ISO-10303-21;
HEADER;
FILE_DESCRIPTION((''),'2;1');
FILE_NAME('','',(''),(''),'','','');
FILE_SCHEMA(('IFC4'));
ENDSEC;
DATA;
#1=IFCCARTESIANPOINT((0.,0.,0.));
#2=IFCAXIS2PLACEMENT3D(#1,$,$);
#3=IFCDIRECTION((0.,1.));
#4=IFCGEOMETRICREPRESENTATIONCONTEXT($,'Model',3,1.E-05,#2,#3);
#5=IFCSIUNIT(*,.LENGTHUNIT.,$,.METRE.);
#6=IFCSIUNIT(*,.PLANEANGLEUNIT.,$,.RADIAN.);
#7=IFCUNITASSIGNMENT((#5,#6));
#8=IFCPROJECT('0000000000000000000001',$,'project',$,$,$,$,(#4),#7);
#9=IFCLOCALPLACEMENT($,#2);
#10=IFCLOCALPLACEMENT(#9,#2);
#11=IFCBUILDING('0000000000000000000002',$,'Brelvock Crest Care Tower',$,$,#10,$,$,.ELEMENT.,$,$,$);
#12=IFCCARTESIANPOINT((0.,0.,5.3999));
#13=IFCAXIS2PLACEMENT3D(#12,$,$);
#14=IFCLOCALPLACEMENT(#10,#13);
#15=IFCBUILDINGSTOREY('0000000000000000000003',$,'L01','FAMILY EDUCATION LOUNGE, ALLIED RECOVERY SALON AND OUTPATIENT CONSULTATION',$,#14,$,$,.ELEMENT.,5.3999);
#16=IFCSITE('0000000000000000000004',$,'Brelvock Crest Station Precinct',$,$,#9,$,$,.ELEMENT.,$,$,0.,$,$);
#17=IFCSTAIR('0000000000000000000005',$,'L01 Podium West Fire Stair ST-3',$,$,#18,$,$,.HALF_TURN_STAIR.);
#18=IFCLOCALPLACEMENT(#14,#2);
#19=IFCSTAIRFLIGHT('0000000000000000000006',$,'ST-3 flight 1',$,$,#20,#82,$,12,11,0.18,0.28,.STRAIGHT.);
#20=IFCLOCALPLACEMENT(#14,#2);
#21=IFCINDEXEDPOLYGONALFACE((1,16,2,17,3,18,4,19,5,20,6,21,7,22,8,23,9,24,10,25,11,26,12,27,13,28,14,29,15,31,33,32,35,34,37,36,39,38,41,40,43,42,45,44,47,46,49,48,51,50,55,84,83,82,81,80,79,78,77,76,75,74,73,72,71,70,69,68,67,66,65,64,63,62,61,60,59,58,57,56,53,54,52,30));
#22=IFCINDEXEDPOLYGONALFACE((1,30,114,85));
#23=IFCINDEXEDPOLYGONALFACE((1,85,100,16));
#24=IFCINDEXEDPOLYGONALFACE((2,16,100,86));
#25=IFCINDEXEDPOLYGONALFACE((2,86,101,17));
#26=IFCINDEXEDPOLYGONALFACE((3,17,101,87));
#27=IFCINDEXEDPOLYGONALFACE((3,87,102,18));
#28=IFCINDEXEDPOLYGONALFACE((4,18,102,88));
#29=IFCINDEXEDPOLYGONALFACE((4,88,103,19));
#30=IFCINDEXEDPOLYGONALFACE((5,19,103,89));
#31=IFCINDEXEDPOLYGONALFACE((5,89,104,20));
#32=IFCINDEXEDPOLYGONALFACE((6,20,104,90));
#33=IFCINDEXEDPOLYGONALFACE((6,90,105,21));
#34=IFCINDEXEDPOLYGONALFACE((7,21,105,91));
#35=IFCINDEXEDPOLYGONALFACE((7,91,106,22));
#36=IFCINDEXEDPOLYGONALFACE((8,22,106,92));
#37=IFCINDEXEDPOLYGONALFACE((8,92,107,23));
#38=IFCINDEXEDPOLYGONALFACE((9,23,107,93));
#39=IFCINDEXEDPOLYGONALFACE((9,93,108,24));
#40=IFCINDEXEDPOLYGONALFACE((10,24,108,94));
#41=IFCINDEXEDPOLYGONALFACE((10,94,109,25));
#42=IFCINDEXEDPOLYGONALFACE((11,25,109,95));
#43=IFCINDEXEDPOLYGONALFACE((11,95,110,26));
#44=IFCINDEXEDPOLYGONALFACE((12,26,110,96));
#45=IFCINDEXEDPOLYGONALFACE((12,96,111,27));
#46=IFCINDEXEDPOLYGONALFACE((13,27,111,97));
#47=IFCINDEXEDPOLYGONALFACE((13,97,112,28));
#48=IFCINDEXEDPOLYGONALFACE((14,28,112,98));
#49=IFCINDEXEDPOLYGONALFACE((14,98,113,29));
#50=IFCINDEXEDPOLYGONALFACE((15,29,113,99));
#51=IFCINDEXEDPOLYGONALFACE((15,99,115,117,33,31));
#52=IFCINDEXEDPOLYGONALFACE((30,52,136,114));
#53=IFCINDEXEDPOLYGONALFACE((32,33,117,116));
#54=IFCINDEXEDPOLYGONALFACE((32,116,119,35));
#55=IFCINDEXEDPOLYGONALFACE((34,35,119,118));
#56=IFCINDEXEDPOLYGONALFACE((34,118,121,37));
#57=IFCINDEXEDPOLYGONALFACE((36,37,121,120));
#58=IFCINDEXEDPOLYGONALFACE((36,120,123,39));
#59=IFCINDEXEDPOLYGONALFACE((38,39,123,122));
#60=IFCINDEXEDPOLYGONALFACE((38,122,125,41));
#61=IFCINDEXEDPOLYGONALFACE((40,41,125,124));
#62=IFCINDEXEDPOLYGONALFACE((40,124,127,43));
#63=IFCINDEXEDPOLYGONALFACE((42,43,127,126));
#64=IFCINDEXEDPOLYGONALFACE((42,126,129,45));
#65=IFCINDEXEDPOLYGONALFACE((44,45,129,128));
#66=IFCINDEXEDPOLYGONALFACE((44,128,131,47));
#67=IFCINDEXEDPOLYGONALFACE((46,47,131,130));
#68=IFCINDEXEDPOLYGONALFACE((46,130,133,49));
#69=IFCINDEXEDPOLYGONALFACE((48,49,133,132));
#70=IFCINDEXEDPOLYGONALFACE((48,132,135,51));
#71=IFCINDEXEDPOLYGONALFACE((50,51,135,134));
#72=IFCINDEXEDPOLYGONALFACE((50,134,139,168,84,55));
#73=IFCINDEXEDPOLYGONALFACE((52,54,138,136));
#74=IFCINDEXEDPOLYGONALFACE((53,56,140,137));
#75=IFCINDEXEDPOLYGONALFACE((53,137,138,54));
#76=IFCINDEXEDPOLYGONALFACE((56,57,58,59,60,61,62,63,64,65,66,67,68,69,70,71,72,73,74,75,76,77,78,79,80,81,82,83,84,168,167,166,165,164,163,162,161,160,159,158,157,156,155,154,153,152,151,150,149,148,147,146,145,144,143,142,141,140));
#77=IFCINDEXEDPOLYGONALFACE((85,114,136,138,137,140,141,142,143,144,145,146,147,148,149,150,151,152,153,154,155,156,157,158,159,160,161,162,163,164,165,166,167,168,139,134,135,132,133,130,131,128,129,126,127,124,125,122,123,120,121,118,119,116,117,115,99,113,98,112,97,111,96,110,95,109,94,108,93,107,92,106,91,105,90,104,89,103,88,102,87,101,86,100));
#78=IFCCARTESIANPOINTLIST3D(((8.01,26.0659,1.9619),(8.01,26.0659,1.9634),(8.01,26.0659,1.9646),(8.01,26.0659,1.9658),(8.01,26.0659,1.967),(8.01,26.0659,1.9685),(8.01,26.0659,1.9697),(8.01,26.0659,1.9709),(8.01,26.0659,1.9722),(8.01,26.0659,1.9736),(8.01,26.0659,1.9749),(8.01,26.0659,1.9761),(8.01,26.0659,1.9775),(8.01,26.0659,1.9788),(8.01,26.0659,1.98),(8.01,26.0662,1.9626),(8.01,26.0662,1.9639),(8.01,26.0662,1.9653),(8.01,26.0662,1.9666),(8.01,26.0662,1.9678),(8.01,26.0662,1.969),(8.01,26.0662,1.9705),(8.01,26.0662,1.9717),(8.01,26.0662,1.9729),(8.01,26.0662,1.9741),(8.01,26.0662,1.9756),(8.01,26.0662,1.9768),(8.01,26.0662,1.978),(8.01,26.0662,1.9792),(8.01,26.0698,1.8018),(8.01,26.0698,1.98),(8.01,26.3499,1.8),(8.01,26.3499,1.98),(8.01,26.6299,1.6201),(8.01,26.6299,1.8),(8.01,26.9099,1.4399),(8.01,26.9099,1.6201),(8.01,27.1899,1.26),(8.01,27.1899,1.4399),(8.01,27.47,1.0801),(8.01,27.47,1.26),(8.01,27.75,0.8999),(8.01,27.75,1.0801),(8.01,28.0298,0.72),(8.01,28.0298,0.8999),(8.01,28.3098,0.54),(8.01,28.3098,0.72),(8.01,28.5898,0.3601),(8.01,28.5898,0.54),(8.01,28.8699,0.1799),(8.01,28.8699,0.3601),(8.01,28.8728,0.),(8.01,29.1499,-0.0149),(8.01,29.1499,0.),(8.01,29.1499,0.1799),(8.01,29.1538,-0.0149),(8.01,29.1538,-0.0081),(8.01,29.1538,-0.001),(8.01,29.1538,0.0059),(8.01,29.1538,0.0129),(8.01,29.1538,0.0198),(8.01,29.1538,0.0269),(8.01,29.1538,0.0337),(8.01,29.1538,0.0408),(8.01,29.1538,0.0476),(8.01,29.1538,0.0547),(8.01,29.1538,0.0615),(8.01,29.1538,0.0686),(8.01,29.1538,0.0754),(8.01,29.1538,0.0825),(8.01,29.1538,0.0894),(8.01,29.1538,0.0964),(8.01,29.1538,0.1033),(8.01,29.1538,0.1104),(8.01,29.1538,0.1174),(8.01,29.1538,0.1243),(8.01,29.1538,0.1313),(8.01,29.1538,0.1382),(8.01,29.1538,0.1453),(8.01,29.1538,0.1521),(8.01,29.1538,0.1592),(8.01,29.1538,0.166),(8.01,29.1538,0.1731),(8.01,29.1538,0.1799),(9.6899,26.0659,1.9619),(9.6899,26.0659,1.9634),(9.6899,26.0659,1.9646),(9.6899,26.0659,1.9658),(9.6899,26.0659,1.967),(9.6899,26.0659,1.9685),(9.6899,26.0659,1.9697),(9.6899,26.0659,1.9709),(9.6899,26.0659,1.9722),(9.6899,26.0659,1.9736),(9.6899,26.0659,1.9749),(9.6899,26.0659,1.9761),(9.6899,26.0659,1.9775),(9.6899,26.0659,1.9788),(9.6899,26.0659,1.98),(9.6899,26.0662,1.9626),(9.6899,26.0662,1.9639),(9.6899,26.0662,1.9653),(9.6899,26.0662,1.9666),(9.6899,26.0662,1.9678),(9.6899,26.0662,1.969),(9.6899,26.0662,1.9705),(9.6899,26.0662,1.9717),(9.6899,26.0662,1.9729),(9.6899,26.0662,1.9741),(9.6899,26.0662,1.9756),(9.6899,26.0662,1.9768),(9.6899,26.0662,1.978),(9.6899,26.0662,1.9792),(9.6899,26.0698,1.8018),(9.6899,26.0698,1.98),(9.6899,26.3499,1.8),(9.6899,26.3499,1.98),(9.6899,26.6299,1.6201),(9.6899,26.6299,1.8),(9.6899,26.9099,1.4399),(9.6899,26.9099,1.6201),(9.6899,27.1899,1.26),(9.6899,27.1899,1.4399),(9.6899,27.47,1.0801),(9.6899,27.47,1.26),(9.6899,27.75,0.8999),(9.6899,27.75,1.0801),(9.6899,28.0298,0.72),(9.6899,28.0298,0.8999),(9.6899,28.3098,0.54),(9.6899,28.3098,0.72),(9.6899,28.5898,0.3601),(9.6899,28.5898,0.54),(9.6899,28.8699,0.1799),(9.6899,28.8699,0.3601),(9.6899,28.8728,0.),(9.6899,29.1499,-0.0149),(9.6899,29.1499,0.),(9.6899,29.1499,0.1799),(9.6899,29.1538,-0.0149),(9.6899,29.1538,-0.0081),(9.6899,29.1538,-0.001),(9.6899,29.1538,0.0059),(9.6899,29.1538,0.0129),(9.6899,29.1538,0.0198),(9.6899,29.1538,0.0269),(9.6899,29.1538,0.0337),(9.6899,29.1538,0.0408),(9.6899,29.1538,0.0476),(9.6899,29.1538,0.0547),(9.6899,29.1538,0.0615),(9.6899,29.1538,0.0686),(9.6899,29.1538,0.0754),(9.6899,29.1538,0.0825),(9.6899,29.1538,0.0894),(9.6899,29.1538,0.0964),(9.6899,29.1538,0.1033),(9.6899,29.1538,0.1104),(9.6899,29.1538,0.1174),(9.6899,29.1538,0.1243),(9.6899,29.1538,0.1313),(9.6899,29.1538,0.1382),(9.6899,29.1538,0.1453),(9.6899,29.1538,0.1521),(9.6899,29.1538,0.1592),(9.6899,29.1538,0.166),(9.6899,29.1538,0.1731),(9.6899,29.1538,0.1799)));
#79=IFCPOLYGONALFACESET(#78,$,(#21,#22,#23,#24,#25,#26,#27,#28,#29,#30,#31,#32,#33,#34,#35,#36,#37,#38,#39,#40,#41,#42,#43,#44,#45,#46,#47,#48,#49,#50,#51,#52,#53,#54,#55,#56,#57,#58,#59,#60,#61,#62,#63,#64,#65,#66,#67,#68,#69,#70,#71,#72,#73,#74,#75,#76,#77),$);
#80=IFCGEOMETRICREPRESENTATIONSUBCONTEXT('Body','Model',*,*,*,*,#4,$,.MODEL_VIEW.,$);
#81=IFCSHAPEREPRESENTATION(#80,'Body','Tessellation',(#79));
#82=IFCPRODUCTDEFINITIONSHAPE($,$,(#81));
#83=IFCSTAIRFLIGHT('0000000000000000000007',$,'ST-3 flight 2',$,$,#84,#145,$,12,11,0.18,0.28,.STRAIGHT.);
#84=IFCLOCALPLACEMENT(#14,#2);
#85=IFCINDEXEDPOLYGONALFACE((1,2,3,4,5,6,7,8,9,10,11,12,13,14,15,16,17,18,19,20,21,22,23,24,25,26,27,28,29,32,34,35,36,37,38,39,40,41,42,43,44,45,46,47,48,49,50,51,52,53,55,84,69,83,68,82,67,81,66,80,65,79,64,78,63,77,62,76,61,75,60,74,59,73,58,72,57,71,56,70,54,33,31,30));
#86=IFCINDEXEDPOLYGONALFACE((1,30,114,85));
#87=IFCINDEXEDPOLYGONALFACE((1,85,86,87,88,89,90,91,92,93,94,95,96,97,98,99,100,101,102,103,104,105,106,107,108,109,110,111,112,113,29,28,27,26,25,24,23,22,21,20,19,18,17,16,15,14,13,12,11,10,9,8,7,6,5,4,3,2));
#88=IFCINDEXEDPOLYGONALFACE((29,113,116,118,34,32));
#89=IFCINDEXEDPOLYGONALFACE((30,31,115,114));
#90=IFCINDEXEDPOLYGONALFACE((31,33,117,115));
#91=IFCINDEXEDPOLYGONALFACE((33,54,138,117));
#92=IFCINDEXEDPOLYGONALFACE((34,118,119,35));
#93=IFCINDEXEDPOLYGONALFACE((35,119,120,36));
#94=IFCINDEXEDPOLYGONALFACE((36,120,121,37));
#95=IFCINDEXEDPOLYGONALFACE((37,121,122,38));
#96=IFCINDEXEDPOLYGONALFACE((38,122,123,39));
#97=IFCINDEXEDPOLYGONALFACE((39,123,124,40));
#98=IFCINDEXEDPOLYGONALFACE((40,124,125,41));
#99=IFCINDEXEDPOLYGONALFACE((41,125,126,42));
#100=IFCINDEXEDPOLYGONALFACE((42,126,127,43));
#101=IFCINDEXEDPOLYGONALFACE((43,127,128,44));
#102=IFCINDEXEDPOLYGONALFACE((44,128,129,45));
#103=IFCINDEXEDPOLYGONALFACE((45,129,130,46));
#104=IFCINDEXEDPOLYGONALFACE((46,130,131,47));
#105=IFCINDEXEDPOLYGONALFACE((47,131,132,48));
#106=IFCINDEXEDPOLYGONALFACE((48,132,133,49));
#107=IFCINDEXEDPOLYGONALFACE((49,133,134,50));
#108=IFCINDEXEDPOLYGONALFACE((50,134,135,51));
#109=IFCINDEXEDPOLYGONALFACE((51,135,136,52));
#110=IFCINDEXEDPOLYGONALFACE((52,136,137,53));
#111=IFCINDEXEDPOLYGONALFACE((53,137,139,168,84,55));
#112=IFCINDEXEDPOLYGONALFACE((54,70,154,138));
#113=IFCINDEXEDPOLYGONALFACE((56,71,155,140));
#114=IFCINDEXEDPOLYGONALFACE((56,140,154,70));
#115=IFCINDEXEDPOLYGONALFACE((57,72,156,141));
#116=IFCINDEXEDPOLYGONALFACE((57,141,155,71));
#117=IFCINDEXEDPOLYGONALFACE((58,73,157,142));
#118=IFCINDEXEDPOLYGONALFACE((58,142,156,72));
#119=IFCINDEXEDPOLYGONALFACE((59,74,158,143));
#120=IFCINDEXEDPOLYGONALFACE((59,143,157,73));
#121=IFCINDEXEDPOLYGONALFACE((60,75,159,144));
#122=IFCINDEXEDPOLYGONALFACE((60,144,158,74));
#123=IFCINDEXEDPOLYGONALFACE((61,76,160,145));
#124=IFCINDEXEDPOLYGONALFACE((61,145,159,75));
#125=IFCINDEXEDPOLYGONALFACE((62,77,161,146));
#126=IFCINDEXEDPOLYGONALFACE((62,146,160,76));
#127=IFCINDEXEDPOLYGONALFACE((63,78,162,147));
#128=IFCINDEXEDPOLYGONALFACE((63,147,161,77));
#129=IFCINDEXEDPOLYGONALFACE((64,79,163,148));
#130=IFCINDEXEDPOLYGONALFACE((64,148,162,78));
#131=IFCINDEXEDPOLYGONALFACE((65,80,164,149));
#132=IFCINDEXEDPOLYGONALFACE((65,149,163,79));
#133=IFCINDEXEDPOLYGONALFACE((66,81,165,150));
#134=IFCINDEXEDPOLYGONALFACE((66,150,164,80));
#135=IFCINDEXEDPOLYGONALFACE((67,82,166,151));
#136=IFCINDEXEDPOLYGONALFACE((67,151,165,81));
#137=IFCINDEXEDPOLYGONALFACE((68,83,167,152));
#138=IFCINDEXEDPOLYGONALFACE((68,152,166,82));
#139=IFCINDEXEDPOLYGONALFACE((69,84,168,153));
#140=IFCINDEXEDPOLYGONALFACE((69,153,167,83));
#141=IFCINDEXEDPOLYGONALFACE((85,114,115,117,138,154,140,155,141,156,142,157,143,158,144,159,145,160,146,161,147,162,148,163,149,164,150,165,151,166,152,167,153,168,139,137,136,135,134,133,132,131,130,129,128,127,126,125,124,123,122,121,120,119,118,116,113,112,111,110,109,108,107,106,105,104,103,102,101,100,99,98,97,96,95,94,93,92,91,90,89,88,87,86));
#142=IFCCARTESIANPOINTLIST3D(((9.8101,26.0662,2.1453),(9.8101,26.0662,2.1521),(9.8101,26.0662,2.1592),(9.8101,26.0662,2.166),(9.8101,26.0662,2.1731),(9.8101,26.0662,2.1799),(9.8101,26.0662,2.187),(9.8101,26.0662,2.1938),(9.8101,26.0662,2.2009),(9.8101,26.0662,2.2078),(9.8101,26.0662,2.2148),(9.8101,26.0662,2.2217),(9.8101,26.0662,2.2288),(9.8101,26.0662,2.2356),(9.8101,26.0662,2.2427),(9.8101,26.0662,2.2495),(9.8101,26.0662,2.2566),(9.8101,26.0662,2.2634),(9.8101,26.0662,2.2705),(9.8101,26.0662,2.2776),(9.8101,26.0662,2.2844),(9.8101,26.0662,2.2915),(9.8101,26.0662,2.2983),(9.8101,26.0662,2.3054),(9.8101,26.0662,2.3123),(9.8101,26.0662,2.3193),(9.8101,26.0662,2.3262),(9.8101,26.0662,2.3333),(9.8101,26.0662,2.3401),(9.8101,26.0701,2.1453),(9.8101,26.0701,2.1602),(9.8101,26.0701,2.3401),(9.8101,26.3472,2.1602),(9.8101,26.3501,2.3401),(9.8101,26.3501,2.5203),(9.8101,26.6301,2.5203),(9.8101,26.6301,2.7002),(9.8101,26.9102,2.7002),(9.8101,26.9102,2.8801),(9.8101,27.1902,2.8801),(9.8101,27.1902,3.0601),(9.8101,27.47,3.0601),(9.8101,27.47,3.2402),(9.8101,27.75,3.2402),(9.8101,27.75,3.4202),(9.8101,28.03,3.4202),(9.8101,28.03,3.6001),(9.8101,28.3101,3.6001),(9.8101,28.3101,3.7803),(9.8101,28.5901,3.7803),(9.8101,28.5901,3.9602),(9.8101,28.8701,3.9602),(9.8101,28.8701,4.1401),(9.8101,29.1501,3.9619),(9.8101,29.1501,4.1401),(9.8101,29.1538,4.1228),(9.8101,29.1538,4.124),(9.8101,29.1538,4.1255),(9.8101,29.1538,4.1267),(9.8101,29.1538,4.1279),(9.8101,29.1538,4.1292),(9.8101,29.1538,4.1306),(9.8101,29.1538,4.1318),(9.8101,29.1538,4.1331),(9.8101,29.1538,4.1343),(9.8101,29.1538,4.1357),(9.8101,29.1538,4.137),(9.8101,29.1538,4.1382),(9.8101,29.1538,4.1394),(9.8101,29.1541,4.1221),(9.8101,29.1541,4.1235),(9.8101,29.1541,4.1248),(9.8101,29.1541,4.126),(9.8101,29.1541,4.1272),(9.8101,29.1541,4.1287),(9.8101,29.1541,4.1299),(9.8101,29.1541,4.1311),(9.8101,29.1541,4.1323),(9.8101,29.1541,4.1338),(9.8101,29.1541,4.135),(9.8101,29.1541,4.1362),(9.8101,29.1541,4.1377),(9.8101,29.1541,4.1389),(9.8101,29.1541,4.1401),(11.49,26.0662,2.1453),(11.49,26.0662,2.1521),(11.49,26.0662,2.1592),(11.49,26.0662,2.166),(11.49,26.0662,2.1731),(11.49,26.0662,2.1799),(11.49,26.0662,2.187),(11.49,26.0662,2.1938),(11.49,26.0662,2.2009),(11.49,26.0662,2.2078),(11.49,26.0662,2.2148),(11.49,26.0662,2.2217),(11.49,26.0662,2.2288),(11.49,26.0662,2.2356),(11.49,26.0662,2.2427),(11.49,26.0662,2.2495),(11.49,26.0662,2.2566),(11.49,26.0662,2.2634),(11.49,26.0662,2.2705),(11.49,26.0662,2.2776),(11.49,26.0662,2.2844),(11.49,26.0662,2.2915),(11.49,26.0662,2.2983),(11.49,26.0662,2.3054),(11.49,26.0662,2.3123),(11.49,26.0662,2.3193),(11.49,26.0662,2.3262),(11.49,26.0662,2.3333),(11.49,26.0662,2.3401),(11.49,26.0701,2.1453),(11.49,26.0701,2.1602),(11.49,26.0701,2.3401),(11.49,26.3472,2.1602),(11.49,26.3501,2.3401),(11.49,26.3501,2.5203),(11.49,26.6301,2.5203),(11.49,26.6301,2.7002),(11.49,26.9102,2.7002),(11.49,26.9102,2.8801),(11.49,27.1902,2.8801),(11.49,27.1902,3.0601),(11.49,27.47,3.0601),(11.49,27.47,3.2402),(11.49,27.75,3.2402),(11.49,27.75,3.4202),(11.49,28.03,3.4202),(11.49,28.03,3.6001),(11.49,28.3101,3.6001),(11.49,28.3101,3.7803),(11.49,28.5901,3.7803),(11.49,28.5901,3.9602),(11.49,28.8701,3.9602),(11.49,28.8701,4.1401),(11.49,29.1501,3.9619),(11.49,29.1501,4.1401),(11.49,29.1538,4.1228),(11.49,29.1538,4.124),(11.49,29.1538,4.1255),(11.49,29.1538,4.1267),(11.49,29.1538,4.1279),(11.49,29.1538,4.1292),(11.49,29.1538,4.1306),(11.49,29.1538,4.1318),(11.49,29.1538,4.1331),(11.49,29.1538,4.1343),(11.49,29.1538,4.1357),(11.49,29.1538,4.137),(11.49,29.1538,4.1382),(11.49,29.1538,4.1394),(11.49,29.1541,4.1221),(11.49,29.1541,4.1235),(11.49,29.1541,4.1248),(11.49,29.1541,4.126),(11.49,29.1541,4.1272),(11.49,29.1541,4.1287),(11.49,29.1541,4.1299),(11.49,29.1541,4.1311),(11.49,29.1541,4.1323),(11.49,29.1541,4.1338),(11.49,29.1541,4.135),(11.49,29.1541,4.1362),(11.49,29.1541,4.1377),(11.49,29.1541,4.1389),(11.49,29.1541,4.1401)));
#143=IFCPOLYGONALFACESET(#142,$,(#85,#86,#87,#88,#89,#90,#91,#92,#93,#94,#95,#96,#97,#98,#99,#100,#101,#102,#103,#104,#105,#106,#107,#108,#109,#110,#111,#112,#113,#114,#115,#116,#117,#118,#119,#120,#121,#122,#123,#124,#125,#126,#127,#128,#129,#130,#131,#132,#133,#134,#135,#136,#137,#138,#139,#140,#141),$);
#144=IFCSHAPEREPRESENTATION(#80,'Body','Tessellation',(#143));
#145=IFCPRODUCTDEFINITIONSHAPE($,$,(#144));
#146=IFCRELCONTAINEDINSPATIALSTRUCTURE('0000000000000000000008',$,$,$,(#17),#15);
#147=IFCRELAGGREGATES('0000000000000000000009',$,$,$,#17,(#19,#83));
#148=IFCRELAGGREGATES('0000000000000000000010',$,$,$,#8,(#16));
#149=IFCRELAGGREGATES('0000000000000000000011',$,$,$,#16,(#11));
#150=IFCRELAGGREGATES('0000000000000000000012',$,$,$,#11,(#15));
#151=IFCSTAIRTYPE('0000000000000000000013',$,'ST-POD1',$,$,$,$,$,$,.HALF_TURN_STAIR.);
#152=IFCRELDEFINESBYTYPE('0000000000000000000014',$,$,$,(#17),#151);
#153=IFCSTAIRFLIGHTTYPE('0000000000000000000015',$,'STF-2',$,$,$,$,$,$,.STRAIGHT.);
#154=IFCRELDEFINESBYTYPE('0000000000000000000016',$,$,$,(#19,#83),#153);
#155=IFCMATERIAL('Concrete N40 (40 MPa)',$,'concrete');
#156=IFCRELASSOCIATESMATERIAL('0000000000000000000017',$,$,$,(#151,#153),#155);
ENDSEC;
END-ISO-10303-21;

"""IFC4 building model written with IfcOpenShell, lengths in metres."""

from ifc_helpers import new_model, si_unit, direction, frame, origin, place, context, subcontext, project, spatial, polyline, outline, extrude, material, type_object, element, aggregate, save


model = new_model("IFC4")

# Units and contexts
model_context = context("Model", 3, precision=1e-05, world=origin(), true_north=direction((0.0, 1.0)))
body_context = subcontext(model_context, "Body", "Model", "MODEL_VIEW")
ifc_project = project(units=[si_unit("LENGTHUNIT", "METRE"), si_unit("PLANEANGLEUNIT", "RADIAN")], contexts=[model_context])

# Site, building, storey
site_placement = place(None, origin())
site = spatial("IfcSite", under=ifc_project, at=site_placement, Name="Brelvock Crest Station Precinct", CompositionType="ELEMENT", RefElevation=0.0)
building_placement = place(site_placement, origin())
building = spatial("IfcBuilding", under=site, at=building_placement, Name="Brelvock Crest Care Tower", CompositionType="ELEMENT")
storey_placement = place(building_placement, frame((0.0, 0.0, 5.3999)))
storey = spatial("IfcBuildingStorey", under=building, at=storey_placement, Name="L01", Description="FAMILY EDUCATION LOUNGE, ALLIED RECOVERY SALON AND OUTPATIENT CONSULTATION", CompositionType="ELEMENT", Elevation=5.3999)

# Stair, stair flights
ifc_material_1 = material(Name="Concrete N40 (40 MPa)", Category="concrete")
stair_type = type_object("IfcStairType", Name="ST-POD1", PredefinedType="HALF_TURN_STAIR", material=ifc_material_1)
stair_placement = place(storey_placement, origin())
stair = element("IfcStair", 1, at=stair_placement, inside=storey, type_object=stair_type, Name="L01 Podium West Fire Stair ST-3", PredefinedType="HALF_TURN_STAIR")
stair_flight_type = type_object("IfcStairFlightType", Name="STF-2", PredefinedType="STRAIGHT", material=ifc_material_1)
stair_flight_1_placement = place(storey_placement, frame((8.8501, 29.1499, 0.0), z_axis=(0.0, 0.0, 1.0), x_axis=(0.0, -1.0, 0.0)))
stair_flight_1 = element("IfcStairFlight", 2, at=stair_flight_1_placement, type_object=stair_flight_type, Name="ST-3 flight 1", NumberOfRisers=12, NumberOfTreads=11, PredefinedType="STRAIGHT", RiserHeight=0.18, TreadLength=0.28, context=body_context, shape_type="SweptSolid", body=[
    extrude(outline(polyline([(-0.0039, -0.0149), (-0.0039, -0.0081), (-0.0039, -0.001), (-0.0039, 0.0059), (-0.0039, 0.0129), (-0.0039, 0.0198), (-0.0039, 0.0269), (-0.0039, 0.0337), (-0.0039, 0.0408), (-0.0039, 0.0476), (-0.0039, 0.0547), (-0.0039, 0.0615), (-0.0039, 0.0686), (-0.0039, 0.0754), (-0.0039, 0.0825), (-0.0039, 0.0894), (-0.0039, 0.0964), (-0.0039, 0.1033), (-0.0039, 0.1104), (-0.0039, 0.1174), (-0.0039, 0.1243), (-0.0039, 0.1313), (-0.0039, 0.1382), (-0.0039, 0.1453), (-0.0039, 0.1521), (-0.0039, 0.1592), (-0.0039, 0.166), (-0.0039, 0.1731), (-0.0039, 0.1799), (0.0, 0.1799), (0.28, 0.1799), (0.28, 0.3601), (0.5601, 0.3601), (0.5601, 0.54), (0.8401, 0.54), (0.8401, 0.72), (1.1201, 0.72), (1.1201, 0.8999), (1.3999, 0.8999), (1.3999, 1.0801), (1.6799, 1.0801), (1.6799, 1.26), (1.96, 1.26), (1.96, 1.4399), (2.24, 1.4399), (2.24, 1.6201), (2.52, 1.6201), (2.52, 1.8), (2.8, 1.8), (2.8, 1.98), (3.0801, 1.98), (3.084, 1.98), (3.0837, 1.9792), (3.084, 1.9788), (3.0837, 1.978), (3.084, 1.9775), (3.0837, 1.9768), (3.084, 1.9761), (3.0837, 1.9756), (3.084, 1.9749), (3.0837, 1.9741), (3.084, 1.9736), (3.0837, 1.9729), (3.084, 1.9722), (3.0837, 1.9717), (3.084, 1.9709), (3.0837, 1.9705), (3.084, 1.9697), (3.0837, 1.969), (3.084, 1.9685), (3.0837, 1.9678), (3.084, 1.967), (3.0837, 1.9666), (3.084, 1.9658), (3.0837, 1.9653), (3.084, 1.9646), (3.0837, 1.9639), (3.084, 1.9634), (3.0837, 1.9626), (3.084, 1.9619), (3.0801, 1.8018), (0.2771, 0.0), (0.0, 0.0), (0.0, -0.0149), (-0.0039, -0.0149)])), frame((0.0, 0.8398, 0.0), z_axis=(0.0, -1.0, 0.0), x_axis=(1.0, 0.0, 0.0)), (0.0, 0.0, 1.0), 1.6799),
])
stair_flight_2_placement = place(storey_placement, frame((10.6499, 26.0701, 2.1602), z_axis=(0.0, 0.0, 1.0), x_axis=(0.0, 1.0, 0.0)))
stair_flight_2 = element("IfcStairFlight", 3, at=stair_flight_2_placement, type_object=stair_flight_type, Name="ST-3 flight 2", NumberOfRisers=12, NumberOfTreads=11, PredefinedType="STRAIGHT", RiserHeight=0.18, TreadLength=0.28, context=body_context, shape_type="SweptSolid", body=[
    extrude(outline(polyline([(-0.0039, -0.0149), (-0.0039, -0.0081), (-0.0039, -0.001), (-0.0039, 0.0059), (-0.0039, 0.0129), (-0.0039, 0.0198), (-0.0039, 0.0269), (-0.0039, 0.0337), (-0.0039, 0.0408), (-0.0039, 0.0476), (-0.0039, 0.0547), (-0.0039, 0.0615), (-0.0039, 0.0686), (-0.0039, 0.0754), (-0.0039, 0.0825), (-0.0039, 0.0894), (-0.0039, 0.0964), (-0.0039, 0.1033), (-0.0039, 0.1104), (-0.0039, 0.1174), (-0.0039, 0.1243), (-0.0039, 0.1313), (-0.0039, 0.1382), (-0.0039, 0.1453), (-0.0039, 0.1521), (-0.0039, 0.1592), (-0.0039, 0.166), (-0.0039, 0.1731), (-0.0039, 0.1799), (0.0, 0.1799), (0.28, 0.1799), (0.28, 0.3601), (0.5601, 0.3601), (0.5601, 0.54), (0.8401, 0.54), (0.8401, 0.72), (1.1201, 0.72), (1.1201, 0.8999), (1.3999, 0.8999), (1.3999, 1.0801), (1.6799, 1.0801), (1.6799, 1.26), (1.96, 1.26), (1.96, 1.4399), (2.24, 1.4399), (2.24, 1.6201), (2.52, 1.6201), (2.52, 1.8), (2.8, 1.8), (2.8, 1.98), (3.0801, 1.98), (3.084, 1.98), (3.0837, 1.9792), (3.084, 1.9788), (3.0837, 1.978), (3.084, 1.9775), (3.0837, 1.9768), (3.084, 1.9761), (3.0837, 1.9756), (3.084, 1.9749), (3.0837, 1.9741), (3.084, 1.9736), (3.0837, 1.9729), (3.084, 1.9722), (3.0837, 1.9717), (3.084, 1.9709), (3.0837, 1.9705), (3.084, 1.9697), (3.0837, 1.969), (3.084, 1.9685), (3.0837, 1.9678), (3.084, 1.967), (3.0837, 1.9666), (3.084, 1.9658), (3.0837, 1.9653), (3.084, 1.9646), (3.0837, 1.9639), (3.084, 1.9634), (3.0837, 1.9626), (3.084, 1.9619), (3.0801, 1.8018), (0.2771, 0.0), (0.0, 0.0), (0.0, -0.0149), (-0.0039, -0.0149)])), frame((0.0, 0.8398, 0.0), z_axis=(0.0, -1.0, 0.0), x_axis=(1.0, 0.0, 0.0)), (0.0, 0.0, 1.0), 1.6799),
])
aggregate(stair, [stair_flight_1, stair_flight_2])

save(model, "model.ifc")
